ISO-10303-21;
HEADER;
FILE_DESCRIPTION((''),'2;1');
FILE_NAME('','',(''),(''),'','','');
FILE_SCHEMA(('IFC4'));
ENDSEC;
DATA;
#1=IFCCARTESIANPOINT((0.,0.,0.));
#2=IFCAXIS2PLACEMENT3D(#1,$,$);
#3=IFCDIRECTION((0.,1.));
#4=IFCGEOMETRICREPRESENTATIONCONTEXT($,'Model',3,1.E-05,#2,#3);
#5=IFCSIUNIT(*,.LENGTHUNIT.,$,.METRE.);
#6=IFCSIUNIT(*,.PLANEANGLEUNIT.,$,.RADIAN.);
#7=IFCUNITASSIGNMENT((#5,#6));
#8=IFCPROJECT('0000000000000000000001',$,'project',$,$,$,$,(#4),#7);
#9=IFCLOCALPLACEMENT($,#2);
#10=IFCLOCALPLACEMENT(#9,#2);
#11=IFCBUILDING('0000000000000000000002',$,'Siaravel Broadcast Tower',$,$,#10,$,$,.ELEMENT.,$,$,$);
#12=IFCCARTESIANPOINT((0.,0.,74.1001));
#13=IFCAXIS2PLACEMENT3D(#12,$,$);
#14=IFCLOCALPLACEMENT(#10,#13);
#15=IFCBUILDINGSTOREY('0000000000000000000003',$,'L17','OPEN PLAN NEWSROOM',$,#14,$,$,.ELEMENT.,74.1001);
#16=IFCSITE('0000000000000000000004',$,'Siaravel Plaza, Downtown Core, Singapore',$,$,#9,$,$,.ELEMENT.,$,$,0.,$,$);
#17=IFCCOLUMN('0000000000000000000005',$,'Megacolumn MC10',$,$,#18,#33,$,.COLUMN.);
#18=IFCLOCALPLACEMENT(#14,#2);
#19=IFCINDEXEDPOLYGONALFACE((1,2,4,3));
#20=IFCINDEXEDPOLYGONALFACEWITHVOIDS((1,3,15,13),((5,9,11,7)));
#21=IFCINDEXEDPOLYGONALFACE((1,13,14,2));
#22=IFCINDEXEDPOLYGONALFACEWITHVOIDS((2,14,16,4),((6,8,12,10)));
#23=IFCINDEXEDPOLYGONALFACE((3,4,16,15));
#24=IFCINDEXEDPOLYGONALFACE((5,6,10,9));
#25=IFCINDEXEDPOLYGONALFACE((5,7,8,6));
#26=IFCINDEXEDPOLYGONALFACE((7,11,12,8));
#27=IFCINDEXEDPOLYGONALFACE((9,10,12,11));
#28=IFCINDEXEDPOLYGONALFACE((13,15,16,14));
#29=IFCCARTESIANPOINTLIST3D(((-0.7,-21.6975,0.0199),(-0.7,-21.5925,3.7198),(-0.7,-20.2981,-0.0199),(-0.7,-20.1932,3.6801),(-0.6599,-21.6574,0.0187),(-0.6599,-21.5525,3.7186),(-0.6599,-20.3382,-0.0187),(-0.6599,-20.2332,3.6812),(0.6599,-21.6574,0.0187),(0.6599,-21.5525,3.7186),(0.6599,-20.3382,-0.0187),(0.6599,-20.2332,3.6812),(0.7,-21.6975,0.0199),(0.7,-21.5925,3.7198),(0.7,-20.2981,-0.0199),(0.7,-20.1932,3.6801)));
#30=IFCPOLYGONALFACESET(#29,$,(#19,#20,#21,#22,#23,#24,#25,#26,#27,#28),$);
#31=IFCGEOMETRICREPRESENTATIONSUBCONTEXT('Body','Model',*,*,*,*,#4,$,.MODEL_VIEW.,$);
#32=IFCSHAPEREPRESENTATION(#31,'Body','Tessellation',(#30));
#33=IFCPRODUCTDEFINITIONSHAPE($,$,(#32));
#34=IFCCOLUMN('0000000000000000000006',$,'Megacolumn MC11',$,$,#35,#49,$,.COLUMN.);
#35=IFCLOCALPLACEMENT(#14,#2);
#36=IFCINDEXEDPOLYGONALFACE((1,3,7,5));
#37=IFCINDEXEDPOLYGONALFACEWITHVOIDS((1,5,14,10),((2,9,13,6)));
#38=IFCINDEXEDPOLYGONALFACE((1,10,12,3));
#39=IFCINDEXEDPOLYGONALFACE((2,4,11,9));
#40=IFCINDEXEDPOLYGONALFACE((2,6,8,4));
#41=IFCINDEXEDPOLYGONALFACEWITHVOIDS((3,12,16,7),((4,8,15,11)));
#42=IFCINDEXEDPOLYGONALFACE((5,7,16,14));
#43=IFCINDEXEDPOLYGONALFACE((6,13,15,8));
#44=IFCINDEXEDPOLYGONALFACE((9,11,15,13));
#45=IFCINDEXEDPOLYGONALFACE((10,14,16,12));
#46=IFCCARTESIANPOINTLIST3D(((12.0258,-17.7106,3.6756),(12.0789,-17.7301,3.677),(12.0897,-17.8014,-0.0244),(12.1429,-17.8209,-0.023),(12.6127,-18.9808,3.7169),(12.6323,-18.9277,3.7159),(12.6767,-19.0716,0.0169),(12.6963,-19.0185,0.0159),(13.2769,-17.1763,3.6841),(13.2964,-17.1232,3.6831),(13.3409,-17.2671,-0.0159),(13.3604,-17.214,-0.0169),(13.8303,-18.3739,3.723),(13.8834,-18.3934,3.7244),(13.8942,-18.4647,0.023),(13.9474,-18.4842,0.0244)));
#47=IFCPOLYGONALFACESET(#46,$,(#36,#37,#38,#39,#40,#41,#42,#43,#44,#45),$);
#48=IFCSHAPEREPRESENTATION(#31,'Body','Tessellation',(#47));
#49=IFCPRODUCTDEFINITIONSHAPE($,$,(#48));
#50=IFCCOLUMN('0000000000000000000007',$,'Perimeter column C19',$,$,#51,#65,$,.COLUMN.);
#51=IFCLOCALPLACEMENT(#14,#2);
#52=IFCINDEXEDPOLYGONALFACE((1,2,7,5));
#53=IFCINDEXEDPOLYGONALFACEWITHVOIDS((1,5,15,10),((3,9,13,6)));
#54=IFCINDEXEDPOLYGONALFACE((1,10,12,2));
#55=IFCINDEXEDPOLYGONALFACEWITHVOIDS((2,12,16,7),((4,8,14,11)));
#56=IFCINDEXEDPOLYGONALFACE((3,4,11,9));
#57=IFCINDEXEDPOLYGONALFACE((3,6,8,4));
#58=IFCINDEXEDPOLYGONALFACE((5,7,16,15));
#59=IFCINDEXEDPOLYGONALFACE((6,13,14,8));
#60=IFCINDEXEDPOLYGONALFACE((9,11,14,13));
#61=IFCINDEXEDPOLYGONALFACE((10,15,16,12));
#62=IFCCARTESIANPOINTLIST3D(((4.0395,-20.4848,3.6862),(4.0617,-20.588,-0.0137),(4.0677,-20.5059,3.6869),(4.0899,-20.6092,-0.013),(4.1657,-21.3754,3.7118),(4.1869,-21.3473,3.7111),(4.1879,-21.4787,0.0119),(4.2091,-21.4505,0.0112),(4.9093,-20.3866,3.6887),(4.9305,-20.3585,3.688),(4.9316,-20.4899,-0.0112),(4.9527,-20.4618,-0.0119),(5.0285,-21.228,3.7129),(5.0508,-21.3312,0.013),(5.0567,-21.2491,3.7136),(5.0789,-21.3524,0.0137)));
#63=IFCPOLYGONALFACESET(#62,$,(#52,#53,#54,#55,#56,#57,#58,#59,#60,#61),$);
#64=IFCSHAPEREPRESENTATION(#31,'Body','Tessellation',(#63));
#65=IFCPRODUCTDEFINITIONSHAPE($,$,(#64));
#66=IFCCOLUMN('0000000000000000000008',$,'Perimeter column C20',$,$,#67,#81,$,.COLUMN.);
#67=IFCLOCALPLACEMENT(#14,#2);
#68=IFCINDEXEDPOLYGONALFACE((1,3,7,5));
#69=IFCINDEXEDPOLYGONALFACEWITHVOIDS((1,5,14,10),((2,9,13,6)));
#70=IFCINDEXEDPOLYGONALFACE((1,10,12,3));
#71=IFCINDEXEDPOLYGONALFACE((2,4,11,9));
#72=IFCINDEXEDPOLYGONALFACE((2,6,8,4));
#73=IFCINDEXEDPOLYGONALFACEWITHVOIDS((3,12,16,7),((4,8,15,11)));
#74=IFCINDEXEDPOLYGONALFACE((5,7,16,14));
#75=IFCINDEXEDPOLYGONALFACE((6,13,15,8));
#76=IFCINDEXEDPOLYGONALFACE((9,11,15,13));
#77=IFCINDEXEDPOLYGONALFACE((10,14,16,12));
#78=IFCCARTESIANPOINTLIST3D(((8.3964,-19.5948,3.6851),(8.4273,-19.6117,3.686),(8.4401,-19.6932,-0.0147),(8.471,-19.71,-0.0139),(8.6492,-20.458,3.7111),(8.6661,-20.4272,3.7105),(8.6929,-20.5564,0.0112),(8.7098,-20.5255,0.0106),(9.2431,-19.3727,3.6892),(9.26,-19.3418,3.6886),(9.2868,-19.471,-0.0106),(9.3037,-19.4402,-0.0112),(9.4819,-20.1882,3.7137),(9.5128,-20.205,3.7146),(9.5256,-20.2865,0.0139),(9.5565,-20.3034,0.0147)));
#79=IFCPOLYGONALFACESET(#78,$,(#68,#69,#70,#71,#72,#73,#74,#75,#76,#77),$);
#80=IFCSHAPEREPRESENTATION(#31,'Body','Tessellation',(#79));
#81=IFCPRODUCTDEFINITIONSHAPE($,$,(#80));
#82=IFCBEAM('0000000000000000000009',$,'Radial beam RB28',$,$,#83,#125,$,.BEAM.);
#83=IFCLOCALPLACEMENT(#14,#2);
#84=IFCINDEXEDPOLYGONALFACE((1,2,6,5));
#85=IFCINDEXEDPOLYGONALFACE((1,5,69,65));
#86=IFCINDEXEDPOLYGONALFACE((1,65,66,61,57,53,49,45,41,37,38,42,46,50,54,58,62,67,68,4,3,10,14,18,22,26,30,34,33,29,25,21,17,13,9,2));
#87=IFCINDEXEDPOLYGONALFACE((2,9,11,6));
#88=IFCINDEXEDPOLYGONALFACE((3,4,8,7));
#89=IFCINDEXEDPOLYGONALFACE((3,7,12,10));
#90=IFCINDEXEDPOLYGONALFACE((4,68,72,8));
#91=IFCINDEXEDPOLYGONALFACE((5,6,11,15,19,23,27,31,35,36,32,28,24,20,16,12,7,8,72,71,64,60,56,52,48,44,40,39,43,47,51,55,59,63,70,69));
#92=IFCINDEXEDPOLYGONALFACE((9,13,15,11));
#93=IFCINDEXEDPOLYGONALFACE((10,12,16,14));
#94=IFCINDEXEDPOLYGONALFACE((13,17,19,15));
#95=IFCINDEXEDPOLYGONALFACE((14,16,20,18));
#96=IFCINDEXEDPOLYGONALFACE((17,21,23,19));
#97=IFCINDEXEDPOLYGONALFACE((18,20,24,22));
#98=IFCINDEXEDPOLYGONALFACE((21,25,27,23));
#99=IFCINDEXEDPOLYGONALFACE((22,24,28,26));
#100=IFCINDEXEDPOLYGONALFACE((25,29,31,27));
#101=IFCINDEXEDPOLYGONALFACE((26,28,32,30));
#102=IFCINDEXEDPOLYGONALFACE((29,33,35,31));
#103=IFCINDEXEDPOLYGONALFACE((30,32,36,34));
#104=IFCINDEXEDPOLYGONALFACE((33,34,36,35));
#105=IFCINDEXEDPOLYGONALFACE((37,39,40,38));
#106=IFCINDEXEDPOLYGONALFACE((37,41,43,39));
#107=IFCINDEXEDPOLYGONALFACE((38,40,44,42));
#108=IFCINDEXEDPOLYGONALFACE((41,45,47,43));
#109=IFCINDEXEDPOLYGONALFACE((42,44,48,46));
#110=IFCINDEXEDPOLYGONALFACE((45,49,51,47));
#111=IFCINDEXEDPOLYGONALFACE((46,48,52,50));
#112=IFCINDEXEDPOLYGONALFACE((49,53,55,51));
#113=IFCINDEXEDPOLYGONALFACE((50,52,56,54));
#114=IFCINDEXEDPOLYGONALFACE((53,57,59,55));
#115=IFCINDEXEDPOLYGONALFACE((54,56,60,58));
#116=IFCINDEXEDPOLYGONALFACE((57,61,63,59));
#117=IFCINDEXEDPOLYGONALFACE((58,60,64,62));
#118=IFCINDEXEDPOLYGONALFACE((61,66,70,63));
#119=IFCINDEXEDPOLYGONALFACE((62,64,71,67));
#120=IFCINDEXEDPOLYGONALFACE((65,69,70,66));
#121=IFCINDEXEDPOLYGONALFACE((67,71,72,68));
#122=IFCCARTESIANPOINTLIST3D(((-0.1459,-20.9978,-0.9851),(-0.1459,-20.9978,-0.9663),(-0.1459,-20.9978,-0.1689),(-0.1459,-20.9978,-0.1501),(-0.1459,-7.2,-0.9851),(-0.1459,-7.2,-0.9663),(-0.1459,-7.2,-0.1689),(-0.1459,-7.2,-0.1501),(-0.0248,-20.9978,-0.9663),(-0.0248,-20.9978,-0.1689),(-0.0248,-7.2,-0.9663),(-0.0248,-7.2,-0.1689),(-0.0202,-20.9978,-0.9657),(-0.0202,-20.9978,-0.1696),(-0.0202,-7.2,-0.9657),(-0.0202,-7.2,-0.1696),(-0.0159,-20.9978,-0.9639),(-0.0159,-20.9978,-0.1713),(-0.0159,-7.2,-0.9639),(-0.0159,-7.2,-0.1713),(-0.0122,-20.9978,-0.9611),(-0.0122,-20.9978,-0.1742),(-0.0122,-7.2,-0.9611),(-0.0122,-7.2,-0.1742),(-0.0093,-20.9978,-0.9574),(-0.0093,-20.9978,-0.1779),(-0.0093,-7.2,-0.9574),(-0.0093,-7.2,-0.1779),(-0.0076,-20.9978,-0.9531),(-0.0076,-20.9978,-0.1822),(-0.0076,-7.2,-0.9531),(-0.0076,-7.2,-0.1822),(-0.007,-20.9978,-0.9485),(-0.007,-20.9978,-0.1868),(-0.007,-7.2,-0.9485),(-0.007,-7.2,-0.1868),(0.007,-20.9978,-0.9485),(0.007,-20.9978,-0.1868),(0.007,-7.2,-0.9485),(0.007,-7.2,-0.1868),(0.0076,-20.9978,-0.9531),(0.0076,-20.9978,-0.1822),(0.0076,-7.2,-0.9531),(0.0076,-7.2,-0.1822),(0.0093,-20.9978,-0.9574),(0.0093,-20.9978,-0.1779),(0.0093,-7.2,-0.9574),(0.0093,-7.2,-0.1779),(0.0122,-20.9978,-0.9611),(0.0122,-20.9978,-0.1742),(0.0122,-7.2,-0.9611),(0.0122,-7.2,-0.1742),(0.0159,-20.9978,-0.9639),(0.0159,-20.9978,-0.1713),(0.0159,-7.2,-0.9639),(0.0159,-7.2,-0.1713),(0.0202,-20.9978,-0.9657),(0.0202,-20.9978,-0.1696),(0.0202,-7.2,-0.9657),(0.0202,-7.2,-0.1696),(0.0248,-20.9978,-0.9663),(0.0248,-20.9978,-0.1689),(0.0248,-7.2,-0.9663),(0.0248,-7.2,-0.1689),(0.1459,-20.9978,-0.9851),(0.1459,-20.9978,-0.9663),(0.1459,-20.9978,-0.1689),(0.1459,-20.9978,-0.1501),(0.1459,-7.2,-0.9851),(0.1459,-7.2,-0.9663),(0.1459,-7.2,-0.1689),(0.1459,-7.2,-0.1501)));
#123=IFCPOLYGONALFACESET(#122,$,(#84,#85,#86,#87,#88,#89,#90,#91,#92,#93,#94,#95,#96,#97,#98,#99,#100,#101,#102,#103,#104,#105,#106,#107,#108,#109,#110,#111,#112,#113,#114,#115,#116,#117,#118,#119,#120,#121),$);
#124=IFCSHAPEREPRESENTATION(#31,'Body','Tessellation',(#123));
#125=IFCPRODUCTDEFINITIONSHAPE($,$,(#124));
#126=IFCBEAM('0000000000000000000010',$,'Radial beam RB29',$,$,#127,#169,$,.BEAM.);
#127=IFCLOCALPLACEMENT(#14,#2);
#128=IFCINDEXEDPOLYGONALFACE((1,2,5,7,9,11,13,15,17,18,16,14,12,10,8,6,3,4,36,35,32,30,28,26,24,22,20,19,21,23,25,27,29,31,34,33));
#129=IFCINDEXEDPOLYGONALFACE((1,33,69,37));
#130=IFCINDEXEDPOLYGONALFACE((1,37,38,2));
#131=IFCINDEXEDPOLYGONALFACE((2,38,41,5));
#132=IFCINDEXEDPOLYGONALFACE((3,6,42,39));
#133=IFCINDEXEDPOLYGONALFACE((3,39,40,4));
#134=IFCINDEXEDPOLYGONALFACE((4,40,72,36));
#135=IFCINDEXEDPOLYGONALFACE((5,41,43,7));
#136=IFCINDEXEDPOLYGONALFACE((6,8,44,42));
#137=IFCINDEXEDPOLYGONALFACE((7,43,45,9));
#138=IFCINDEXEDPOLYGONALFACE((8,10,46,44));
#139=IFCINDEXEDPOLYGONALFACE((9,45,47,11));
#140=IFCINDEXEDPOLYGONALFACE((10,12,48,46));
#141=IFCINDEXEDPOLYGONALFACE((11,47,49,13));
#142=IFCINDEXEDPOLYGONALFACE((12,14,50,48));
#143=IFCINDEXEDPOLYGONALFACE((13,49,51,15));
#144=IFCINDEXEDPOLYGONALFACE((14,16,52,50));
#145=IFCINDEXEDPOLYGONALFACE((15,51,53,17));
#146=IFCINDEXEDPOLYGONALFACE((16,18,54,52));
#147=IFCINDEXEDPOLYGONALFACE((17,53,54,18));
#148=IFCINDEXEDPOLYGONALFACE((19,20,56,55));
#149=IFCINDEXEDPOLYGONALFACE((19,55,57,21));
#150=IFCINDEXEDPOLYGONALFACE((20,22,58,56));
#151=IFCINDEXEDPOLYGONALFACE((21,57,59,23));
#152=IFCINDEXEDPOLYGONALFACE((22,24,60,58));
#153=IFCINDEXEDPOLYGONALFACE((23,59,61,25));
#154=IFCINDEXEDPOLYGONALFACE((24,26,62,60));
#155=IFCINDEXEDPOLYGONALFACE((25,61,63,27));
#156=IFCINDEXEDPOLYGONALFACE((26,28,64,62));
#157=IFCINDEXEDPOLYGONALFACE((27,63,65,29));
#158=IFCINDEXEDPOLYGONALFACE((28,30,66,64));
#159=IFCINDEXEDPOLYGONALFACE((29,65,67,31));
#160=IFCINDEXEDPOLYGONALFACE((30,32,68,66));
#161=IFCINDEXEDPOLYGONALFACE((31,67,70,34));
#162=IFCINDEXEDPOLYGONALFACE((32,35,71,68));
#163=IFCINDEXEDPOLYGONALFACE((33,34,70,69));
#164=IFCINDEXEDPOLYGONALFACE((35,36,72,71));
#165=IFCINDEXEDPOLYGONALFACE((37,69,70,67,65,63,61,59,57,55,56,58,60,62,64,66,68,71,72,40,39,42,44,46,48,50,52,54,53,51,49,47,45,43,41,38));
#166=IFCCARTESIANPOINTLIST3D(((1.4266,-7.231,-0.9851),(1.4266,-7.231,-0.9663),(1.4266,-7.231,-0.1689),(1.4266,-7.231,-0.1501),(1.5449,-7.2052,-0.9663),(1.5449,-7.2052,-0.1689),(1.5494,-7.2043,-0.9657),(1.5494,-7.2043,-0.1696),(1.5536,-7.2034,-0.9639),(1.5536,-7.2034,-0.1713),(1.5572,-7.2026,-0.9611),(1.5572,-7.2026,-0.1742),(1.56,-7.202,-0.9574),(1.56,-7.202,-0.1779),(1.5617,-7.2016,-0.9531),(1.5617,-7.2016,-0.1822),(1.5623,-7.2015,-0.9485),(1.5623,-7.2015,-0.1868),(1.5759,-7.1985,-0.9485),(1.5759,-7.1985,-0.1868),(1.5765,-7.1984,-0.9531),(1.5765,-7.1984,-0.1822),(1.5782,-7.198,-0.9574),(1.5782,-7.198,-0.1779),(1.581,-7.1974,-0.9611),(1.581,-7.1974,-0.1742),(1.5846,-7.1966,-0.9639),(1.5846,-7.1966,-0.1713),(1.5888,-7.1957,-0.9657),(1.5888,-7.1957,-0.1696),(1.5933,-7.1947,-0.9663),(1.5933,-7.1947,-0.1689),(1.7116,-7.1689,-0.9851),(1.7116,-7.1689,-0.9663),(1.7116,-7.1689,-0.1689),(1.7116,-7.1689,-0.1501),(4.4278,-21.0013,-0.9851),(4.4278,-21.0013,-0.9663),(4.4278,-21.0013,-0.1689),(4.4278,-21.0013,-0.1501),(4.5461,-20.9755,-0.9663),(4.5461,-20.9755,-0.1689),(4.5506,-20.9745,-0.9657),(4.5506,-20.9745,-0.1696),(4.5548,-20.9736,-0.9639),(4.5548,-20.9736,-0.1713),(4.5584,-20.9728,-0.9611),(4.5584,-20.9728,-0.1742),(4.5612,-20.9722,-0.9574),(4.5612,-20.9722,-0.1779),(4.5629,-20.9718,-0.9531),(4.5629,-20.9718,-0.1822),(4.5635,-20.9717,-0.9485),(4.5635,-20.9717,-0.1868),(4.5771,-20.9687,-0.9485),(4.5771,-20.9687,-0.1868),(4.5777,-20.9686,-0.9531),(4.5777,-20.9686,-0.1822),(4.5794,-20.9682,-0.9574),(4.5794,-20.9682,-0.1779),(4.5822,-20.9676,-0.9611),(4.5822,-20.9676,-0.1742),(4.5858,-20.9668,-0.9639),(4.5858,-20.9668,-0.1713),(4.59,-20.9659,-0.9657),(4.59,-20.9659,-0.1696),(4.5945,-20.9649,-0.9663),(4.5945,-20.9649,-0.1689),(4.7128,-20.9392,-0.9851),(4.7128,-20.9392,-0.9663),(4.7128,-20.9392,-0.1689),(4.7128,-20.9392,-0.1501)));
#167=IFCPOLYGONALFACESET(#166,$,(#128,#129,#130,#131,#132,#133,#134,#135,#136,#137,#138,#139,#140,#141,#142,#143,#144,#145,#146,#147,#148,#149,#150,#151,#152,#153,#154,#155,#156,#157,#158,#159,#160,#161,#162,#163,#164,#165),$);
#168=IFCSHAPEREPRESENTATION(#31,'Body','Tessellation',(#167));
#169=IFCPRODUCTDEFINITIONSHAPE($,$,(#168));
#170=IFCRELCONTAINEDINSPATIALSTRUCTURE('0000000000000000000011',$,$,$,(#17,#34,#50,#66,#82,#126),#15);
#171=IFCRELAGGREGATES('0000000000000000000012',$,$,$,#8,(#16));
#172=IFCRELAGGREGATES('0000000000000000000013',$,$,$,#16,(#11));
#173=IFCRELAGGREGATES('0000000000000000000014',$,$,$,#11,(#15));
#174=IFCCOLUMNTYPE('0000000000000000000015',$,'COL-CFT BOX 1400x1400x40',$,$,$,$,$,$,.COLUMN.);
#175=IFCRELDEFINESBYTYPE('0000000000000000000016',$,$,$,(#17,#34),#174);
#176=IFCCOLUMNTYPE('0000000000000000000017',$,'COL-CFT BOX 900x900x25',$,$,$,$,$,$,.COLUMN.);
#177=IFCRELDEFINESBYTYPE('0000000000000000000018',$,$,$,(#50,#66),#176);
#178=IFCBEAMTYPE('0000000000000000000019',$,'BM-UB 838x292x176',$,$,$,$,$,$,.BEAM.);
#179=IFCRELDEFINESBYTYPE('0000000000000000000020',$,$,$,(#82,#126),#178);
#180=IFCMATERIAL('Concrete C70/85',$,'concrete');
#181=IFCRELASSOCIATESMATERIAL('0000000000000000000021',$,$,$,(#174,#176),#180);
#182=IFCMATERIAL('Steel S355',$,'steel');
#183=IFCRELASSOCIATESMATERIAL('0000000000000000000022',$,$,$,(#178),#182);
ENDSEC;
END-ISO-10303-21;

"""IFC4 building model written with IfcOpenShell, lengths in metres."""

from ifc_helpers import new_model, si_unit, direction, frame, origin, origin_2d, place, context, subcontext, project, spatial, hollow_rectangle, i_section, extrude, material, material_profile, profile_set, type_object, element, save


model = new_model("IFC4")

# Units and contexts
model_context = context("Model", 3, precision=1e-05, world=origin(), true_north=direction((0.0, 1.0)))
body_context = subcontext(model_context, "Body", "Model", "MODEL_VIEW")
ifc_project = project(units=[si_unit("LENGTHUNIT", "METRE"), si_unit("PLANEANGLEUNIT", "RADIAN")], contexts=[model_context])

# Site, building, storey
site_placement = place(None, origin())
site = spatial("IfcSite", under=ifc_project, at=site_placement, Name="Siaravel Plaza, Downtown Core, Singapore", CompositionType="ELEMENT", RefElevation=0.0)
building_placement = place(site_placement, origin())
building = spatial("IfcBuilding", under=site, at=building_placement, Name="Siaravel Broadcast Tower", CompositionType="ELEMENT")
storey_placement = place(building_placement, frame((0.0, 0.0, 74.1001)))
storey = spatial("IfcBuildingStorey", under=building, at=storey_placement, Name="L17", Description="OPEN PLAN NEWSROOM", CompositionType="ELEMENT", Elevation=74.1001)

# Columns
ifc_material_1 = material(Name="Concrete C70/85", Category="concrete")
ifc_material_profile_1 = material_profile(ifc_material_1, hollow_rectangle(XDim=1.3999, YDim=1.3999, WallThickness=0.04, at=origin_2d()))
ifc_profile_set_1 = profile_set([ifc_material_profile_1], Name="Concrete C70/85")
column_type_1 = type_object("IfcColumnType", Name="COL-CFT BOX 1400x1400x40", PredefinedType="COLUMN", material=ifc_profile_set_1)
column_1_placement = place(storey_placement, frame((0.0, -20.9978, 0.0), z_axis=(0.0, 0.028362, 0.999598), x_axis=(-1.0, 0.0, 0.0)))
element("IfcColumn", 1, at=column_1_placement, inside=storey, type_object=column_type_1, Name="Megacolumn MC10", PredefinedType="COLUMN", context=body_context, shape_type="SweptSolid", body=[
    extrude(hollow_rectangle(XDim=1.3999, YDim=1.3999, WallThickness=0.04, at=origin_2d()), origin(), (0.0, 0.0, 1.0), 3.7014),
])
column_2_placement = place(storey_placement, frame((13.0186, -18.1428, 0.0), z_axis=(-0.01728, 0.024535, 0.99955), x_axis=(-0.907686, -0.419615, -0.005392)))
element("IfcColumn", 2, at=column_2_placement, inside=storey, type_object=column_type_1, Name="Megacolumn MC11", PredefinedType="COLUMN", context=body_context, shape_type="SweptSolid", body=[
    extrude(hollow_rectangle(XDim=1.3999, YDim=1.3999, WallThickness=0.04, at=origin_2d()), origin(), (0.0, 0.0, 1.0), 3.7017),
])
ifc_material_profile_2 = material_profile(ifc_material_1, hollow_rectangle(XDim=0.8999, YDim=0.8999, WallThickness=0.0249, at=origin_2d()))
ifc_profile_set_2 = profile_set([ifc_material_profile_2], Name="Concrete C70/85")
column_type_2 = type_object("IfcColumnType", Name="COL-CFT BOX 900x900x25", PredefinedType="COLUMN", material=ifc_profile_set_2)
for number, where, z_axis, x_axis, name in (
    (3, (4.5703, -20.9702, 0.0), (-0.006002, 0.0279, 0.999593), (-0.990103, -0.140325, -0.002029), "Perimeter column C19"),
    (4, (8.9983, -19.9983, 0.0), (-0.011806, 0.026581, 0.999577), (-0.959658, -0.281142, -0.003859), "Perimeter column C20"),
):
    element("IfcColumn", number, at=place(storey_placement, frame(where, z_axis=z_axis, x_axis=x_axis)), inside=storey, type_object=column_type_2, Name=name, PredefinedType="COLUMN", context=body_context, shape_type="SweptSolid", body=[
        extrude(hollow_rectangle(XDim=0.8999, YDim=0.8999, WallThickness=0.0249, at=origin_2d()), origin(), (0.0, 0.0, 1.0), 3.7014),
    ])

# Beams
ifc_material_2 = material(Name="Steel S355", Category="steel")
ifc_material_profile_3 = material_profile(ifc_material_2, i_section(OverallWidth=0.2917, OverallDepth=0.835, WebThickness=0.0139, FlangeThickness=0.0188, FilletRadius=0.0178, at=origin_2d()))
ifc_profile_set_3 = profile_set([ifc_material_profile_3], Name="Steel S355")
beam_type = type_object("IfcBeamType", Name="BM-UB 838x292x176", PredefinedType="BEAM", material=ifc_profile_set_3)
beam_1_placement = place(storey_placement, frame((0.0, -20.9978, -0.5676), z_axis=(0.0, 1.0, 0.0), x_axis=(-1.0, 0.0, 0.0)))
element("IfcBeam", 5, at=beam_1_placement, inside=storey, type_object=beam_type, Name="Radial beam RB28", PredefinedType="BEAM", context=body_context, shape_type="SweptSolid", body=[
    extrude(i_section(OverallWidth=0.2917, OverallDepth=0.835, WebThickness=0.0139, FlangeThickness=0.0188, FilletRadius=0.0178, at=origin_2d()), origin(), (0.0, 0.0, 1.0), 13.7979),
])
beam_2_placement = place(storey_placement, frame((4.5703, -20.9702, -0.5676), z_axis=(-0.21295, 0.977063, 0.0), x_axis=(-0.977063, -0.21295, 0.0)))
element("IfcBeam", 6, at=beam_2_placement, inside=storey, type_object=beam_type, Name="Radial beam RB29", PredefinedType="BEAM", context=body_context, shape_type="SweptSolid", body=[
    extrude(i_section(OverallWidth=0.2917, OverallDepth=0.835, WebThickness=0.0139, FlangeThickness=0.0188, FilletRadius=0.0178, at=origin_2d()), origin(), (0.0, 0.0, 1.0), 14.0935),
])

save(model, "model.ifc")
